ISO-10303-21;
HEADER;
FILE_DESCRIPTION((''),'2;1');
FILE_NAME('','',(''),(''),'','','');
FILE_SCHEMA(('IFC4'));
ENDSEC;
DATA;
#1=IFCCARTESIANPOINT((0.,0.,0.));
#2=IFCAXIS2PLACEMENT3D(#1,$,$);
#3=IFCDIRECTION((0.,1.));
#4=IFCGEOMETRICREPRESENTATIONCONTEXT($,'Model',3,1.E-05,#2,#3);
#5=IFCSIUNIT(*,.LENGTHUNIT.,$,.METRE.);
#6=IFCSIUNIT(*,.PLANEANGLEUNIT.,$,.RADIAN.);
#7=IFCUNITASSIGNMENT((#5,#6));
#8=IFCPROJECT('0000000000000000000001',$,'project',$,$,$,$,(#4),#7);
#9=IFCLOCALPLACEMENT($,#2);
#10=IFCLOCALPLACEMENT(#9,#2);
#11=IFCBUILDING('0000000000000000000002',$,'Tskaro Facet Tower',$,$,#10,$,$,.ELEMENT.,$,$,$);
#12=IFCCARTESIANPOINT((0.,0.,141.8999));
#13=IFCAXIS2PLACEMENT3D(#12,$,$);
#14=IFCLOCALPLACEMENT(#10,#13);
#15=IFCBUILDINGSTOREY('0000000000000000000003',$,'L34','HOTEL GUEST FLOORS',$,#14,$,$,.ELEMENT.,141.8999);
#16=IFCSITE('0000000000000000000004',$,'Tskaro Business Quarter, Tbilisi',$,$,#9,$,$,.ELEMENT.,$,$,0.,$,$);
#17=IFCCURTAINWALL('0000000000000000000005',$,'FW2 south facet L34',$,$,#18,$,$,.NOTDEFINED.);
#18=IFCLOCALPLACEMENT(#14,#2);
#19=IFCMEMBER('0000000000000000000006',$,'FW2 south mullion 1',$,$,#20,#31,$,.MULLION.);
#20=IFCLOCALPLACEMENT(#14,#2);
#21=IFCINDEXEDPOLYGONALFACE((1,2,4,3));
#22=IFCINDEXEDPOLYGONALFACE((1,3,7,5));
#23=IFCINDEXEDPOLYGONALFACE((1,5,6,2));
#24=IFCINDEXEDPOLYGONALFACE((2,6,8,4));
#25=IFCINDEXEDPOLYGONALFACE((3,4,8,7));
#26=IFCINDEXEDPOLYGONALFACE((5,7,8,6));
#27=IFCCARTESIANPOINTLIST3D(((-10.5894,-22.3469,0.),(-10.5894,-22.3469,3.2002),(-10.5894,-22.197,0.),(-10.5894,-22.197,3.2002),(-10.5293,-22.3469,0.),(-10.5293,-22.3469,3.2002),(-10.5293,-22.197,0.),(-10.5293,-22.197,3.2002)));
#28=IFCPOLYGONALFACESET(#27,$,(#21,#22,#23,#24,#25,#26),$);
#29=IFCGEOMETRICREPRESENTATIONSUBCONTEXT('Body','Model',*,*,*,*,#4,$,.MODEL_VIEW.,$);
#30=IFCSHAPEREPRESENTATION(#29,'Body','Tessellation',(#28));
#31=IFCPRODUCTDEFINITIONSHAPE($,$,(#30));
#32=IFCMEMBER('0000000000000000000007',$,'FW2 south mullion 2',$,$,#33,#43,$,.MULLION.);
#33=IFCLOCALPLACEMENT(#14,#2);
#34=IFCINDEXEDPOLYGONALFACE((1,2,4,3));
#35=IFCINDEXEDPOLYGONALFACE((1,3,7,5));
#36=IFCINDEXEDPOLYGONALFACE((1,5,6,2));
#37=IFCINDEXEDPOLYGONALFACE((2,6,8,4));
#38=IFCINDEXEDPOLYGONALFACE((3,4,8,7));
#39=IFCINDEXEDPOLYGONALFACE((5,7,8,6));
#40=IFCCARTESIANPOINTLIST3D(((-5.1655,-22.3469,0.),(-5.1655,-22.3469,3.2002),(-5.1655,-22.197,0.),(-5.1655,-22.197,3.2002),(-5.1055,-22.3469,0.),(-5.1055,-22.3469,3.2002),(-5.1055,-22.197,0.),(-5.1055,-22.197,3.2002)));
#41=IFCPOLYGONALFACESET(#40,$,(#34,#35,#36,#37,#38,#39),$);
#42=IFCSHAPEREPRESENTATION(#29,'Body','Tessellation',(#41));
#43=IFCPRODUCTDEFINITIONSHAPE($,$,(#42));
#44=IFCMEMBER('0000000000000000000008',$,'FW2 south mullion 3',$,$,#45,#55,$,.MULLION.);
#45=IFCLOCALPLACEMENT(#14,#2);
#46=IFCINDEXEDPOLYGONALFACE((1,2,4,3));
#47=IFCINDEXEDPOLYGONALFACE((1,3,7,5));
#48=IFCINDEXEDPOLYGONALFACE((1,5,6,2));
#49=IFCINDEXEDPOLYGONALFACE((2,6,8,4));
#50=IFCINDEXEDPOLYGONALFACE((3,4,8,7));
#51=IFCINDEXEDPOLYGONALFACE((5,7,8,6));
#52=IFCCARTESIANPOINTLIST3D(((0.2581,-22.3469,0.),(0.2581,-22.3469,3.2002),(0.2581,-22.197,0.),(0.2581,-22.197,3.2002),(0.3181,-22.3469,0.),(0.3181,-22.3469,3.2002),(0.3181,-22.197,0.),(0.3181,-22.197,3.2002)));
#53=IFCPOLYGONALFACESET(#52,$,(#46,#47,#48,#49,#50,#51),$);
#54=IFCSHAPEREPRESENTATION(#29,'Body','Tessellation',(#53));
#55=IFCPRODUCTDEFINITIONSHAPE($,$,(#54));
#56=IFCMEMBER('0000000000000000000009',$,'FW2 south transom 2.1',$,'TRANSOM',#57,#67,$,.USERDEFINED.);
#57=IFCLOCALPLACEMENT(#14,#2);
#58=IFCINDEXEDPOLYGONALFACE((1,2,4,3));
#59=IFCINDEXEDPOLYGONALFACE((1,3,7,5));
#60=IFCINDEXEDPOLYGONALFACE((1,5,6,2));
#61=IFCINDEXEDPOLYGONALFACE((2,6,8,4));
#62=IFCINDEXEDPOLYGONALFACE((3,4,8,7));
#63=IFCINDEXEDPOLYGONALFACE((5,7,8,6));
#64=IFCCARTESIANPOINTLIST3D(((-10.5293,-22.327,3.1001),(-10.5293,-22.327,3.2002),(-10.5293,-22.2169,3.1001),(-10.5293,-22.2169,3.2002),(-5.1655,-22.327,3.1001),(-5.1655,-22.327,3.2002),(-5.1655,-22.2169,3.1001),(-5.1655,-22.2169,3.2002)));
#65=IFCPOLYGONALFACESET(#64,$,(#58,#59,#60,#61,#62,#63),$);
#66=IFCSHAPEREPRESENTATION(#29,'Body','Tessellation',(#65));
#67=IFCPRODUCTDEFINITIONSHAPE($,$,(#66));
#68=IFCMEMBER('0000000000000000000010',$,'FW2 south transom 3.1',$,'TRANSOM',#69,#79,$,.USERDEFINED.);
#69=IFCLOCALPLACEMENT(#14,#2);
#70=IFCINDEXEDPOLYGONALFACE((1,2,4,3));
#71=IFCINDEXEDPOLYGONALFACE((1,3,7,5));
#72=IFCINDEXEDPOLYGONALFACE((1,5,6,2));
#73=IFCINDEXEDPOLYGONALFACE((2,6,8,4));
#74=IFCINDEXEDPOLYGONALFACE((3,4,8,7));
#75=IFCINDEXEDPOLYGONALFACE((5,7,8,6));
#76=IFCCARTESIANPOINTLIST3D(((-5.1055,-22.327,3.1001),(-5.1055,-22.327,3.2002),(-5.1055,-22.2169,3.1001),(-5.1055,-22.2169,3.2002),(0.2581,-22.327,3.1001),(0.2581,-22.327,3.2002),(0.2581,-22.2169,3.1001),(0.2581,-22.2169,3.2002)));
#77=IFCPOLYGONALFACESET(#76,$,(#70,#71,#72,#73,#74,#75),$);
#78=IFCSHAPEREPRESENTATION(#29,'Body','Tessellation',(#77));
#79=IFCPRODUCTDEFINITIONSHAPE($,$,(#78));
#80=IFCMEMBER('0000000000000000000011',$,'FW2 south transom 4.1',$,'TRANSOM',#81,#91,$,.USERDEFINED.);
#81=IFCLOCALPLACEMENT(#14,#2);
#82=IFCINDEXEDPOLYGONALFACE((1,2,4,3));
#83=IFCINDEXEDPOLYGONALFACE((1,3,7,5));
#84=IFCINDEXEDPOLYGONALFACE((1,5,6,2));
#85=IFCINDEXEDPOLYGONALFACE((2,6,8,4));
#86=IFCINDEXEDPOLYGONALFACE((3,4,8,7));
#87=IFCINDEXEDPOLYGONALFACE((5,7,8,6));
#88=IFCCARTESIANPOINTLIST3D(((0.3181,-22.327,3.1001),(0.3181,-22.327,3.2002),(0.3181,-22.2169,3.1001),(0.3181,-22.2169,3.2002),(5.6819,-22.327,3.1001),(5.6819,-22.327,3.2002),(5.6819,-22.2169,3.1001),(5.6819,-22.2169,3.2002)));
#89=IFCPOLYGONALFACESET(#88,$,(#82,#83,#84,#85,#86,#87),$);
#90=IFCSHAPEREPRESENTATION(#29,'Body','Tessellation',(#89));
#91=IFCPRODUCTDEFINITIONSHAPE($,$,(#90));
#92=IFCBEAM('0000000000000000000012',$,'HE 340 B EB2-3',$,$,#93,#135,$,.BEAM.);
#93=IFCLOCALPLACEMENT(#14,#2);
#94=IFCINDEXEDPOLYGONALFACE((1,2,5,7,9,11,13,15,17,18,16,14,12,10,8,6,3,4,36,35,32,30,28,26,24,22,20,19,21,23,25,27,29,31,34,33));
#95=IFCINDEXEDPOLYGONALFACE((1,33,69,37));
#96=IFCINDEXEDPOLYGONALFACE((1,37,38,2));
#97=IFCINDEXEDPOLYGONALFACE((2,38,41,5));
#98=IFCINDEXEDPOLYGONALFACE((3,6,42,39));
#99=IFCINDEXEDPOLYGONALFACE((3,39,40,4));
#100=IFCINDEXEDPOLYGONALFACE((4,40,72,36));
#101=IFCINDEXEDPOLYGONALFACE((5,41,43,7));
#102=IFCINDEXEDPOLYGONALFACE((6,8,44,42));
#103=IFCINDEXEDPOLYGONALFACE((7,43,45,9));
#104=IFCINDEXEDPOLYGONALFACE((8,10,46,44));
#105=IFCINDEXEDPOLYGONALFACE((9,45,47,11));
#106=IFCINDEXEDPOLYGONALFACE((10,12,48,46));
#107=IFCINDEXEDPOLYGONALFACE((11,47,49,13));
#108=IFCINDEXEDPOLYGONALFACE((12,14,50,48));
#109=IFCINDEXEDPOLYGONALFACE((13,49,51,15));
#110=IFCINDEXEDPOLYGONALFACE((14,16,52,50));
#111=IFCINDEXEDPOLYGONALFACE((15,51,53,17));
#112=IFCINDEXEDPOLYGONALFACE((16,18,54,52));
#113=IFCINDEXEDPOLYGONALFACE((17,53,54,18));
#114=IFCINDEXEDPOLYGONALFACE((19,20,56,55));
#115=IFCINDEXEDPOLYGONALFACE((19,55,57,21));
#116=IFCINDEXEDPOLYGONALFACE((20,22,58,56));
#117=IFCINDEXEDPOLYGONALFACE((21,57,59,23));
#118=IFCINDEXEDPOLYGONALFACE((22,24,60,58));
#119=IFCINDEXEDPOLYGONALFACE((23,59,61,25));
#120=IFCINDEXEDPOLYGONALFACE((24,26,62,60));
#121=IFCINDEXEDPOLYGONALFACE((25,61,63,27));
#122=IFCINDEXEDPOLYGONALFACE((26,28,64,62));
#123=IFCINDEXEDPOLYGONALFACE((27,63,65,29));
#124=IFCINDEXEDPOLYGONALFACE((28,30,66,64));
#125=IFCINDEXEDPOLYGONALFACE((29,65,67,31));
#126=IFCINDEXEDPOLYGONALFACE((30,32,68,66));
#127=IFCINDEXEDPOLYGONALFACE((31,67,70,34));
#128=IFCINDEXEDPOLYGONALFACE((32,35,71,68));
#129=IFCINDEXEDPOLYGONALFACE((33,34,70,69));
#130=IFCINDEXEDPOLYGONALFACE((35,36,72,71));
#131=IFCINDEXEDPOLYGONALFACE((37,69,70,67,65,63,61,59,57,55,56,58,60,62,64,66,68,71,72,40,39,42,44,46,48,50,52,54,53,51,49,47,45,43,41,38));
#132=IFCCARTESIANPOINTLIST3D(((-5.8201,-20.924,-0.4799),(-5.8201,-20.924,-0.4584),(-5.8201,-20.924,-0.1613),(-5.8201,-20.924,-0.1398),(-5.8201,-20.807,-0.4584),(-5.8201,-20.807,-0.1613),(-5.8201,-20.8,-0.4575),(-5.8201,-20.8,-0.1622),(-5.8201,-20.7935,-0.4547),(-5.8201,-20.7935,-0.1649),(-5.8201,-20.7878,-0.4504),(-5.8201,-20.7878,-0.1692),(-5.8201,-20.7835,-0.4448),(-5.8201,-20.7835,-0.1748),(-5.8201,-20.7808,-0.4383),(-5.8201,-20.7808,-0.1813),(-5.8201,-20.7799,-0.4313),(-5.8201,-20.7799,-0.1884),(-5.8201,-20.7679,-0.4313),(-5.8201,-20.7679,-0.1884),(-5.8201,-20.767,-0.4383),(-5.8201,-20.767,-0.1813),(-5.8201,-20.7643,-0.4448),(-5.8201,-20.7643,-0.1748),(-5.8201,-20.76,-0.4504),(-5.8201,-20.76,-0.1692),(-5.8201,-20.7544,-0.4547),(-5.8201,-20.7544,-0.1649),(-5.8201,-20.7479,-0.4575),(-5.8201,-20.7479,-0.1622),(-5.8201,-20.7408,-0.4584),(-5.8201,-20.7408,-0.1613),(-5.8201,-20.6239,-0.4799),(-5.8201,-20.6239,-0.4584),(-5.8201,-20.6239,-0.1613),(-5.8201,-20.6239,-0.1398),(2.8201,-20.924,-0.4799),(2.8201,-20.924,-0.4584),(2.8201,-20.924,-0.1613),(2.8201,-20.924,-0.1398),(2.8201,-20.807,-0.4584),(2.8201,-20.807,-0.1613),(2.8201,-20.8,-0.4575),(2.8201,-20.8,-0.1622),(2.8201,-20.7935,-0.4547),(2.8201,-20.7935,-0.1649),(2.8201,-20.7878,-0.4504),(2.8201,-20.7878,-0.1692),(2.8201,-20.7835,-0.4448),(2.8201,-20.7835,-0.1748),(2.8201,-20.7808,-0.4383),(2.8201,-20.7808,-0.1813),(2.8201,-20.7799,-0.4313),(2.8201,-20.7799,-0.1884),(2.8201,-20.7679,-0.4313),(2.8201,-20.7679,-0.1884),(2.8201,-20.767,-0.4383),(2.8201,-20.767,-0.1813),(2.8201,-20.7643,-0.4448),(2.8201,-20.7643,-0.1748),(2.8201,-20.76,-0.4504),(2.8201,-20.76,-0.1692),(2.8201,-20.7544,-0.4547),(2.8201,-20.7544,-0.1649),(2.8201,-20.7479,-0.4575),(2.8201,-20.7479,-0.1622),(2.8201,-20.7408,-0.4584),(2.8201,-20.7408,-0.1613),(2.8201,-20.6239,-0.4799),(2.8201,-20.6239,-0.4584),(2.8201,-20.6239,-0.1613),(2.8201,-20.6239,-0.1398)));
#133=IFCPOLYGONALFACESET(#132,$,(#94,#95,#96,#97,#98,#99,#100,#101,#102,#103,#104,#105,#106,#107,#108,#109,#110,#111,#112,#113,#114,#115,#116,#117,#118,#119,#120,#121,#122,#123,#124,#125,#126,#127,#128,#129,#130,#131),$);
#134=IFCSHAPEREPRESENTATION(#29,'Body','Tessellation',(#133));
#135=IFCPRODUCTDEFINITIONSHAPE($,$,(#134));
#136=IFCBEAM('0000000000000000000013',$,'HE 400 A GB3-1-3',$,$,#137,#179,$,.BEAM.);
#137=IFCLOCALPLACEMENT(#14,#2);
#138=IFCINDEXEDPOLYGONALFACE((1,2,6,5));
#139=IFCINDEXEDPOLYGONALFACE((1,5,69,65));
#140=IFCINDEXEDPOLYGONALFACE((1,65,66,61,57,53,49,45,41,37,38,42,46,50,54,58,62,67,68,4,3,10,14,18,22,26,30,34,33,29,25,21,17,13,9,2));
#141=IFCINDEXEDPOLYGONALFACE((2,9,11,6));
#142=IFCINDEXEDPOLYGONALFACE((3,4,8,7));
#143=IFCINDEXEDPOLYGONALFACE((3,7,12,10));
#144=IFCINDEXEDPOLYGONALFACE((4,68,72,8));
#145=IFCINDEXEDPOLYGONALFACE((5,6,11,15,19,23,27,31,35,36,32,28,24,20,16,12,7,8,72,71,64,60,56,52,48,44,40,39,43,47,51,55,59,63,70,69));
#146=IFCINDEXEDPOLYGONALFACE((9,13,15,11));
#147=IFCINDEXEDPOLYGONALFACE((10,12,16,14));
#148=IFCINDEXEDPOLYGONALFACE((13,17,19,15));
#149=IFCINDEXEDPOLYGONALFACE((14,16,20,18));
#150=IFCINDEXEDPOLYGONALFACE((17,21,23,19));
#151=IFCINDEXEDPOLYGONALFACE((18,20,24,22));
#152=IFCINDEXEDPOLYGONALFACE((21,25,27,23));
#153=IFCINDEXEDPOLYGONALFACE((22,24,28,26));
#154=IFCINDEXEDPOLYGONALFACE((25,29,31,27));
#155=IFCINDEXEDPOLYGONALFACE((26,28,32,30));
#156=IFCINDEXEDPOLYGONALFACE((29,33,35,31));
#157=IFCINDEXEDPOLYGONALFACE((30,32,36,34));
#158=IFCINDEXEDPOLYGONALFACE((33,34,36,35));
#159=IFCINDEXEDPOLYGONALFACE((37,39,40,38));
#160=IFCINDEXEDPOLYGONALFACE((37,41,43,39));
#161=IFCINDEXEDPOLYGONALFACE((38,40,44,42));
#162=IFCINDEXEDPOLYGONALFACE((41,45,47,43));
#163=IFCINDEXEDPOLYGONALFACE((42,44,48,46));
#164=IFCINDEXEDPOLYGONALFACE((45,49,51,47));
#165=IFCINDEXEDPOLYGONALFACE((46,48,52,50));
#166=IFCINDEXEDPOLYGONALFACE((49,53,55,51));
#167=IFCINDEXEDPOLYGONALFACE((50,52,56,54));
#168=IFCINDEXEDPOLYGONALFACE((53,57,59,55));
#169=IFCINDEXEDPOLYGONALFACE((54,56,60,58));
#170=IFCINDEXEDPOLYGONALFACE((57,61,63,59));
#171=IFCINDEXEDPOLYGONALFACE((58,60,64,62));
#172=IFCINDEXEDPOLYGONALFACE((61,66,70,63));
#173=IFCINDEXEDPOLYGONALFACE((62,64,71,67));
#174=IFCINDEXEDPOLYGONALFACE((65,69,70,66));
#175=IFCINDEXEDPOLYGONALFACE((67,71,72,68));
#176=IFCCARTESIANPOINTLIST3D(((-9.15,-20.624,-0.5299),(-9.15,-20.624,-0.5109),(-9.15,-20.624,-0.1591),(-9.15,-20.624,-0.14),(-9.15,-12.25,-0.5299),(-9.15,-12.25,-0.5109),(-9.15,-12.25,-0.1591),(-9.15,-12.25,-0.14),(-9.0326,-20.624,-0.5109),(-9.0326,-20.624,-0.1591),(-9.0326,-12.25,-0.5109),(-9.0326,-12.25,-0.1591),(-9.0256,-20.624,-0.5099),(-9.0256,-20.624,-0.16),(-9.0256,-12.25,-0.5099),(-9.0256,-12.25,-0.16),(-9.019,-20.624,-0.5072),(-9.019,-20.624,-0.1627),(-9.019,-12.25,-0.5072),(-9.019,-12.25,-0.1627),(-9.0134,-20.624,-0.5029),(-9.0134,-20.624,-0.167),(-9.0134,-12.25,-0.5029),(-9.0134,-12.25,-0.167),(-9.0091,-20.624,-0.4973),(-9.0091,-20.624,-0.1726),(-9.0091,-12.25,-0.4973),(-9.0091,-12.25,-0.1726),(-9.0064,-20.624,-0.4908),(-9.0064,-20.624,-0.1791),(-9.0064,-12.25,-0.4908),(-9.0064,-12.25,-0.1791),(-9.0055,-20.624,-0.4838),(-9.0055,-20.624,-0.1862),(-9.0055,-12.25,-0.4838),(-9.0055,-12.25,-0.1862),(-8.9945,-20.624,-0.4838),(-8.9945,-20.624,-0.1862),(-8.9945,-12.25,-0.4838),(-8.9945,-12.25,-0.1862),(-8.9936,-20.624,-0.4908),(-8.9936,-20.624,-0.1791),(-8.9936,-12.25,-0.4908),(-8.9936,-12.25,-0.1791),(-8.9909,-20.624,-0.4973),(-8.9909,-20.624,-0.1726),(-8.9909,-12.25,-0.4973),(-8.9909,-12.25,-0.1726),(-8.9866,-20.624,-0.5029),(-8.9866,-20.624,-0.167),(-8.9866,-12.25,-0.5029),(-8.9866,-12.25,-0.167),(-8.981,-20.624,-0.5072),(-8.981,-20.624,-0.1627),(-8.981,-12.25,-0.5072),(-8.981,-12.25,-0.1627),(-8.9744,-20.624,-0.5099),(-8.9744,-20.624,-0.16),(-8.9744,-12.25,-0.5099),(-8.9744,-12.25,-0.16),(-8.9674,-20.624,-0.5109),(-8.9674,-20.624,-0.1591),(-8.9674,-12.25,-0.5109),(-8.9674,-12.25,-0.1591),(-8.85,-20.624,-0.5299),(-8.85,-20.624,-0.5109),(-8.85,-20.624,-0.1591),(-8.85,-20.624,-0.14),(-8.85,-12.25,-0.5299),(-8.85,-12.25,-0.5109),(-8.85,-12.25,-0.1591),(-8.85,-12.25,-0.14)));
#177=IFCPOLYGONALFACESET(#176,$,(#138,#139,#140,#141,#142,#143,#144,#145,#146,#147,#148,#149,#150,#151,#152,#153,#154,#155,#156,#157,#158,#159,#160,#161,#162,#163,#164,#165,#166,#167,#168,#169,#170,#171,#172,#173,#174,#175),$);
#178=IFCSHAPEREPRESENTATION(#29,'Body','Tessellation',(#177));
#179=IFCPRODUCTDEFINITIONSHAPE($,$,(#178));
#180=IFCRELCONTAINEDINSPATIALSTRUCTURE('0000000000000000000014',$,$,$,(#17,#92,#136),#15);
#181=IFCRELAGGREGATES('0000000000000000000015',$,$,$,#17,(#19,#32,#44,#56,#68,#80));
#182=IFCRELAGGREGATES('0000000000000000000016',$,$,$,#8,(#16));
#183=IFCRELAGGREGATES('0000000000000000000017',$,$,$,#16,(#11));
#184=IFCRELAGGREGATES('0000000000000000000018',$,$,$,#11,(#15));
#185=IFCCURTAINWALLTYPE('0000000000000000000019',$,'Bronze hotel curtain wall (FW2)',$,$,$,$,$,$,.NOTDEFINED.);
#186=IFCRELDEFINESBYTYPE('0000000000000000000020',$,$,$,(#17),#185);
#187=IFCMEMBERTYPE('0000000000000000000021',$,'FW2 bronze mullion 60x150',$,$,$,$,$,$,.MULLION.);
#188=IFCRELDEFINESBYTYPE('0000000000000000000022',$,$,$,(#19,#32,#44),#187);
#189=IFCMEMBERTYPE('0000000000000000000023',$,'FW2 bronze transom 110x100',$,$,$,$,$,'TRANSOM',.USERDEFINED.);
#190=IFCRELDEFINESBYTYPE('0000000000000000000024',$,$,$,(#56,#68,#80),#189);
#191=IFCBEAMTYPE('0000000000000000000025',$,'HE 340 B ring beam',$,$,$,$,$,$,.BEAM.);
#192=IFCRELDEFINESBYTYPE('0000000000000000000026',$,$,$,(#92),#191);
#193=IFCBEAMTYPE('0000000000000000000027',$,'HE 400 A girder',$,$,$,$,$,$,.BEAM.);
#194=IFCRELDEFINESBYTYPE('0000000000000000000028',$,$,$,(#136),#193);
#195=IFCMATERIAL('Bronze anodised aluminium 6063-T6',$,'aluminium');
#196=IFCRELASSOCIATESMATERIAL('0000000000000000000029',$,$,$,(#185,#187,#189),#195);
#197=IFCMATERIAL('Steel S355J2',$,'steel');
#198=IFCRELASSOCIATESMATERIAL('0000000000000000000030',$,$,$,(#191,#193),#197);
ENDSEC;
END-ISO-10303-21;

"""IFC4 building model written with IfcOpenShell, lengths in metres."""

from ifc_helpers import new_model, si_unit, direction, frame, origin, origin_2d, place, context, subcontext, project, spatial, rectangle, i_section, extrude, material, material_profile, profile_set, type_object, element, aggregate, save


model = new_model("IFC4")

# Units and contexts
model_context = context("Model", 3, precision=1e-05, world=origin(), true_north=direction((0.0, 1.0)))
body_context = subcontext(model_context, "Body", "Model", "MODEL_VIEW")
ifc_project = project(units=[si_unit("LENGTHUNIT", "METRE"), si_unit("PLANEANGLEUNIT", "RADIAN")], contexts=[model_context])

# Site, building, storey
site_placement = place(None, origin())
site = spatial("IfcSite", under=ifc_project, at=site_placement, Name="Tskaro Business Quarter, Tbilisi", CompositionType="ELEMENT", RefElevation=0.0)
building_placement = place(site_placement, origin())
building = spatial("IfcBuilding", under=site, at=building_placement, Name="Tskaro Facet Tower", CompositionType="ELEMENT")
storey_placement = place(building_placement, frame((0.0, 0.0, 141.8999)))
storey = spatial("IfcBuildingStorey", under=building, at=storey_placement, Name="L34", Description="HOTEL GUEST FLOORS", CompositionType="ELEMENT", Elevation=141.8999)

# Curtain wall, members
ifc_material_1 = material(Name="Bronze anodised aluminium 6063-T6", Category="aluminium")
curtain_wall_type = type_object("IfcCurtainWallType", Name="Bronze hotel curtain wall (FW2)", PredefinedType="NOTDEFINED", material=ifc_material_1)
curtain_wall_placement = place(storey_placement, origin())
curtain_wall = element("IfcCurtainWall", 1, at=curtain_wall_placement, inside=storey, type_object=curtain_wall_type, Name="FW2 south facet L34", PredefinedType="NOTDEFINED")
ifc_material_profile_1 = material_profile(ifc_material_1, rectangle(XDim=0.0601, YDim=0.1499, at=origin_2d()), Name="Mullion 60x150")
ifc_profile_set_1 = profile_set([ifc_material_profile_1], Name="Bronze anodised aluminium 6063-T6")
member_type_1 = type_object("IfcMemberType", Name="FW2 bronze mullion 60x150", PredefinedType="MULLION", material=ifc_profile_set_1)
member_1_placement = place(storey_placement, frame((-10.5593, -22.272, 0.0), z_axis=(0.0, 0.0, 1.0), x_axis=(1.0, 0.0, 0.0)))
member_1 = element("IfcMember", 2, at=member_1_placement, type_object=member_type_1, Name="FW2 south mullion 1", PredefinedType="MULLION", context=body_context, shape_type="SweptSolid", body=[
    extrude(rectangle(XDim=0.0601, YDim=0.1499, at=origin_2d()), origin(), (0.0, 0.0, 1.0), 3.2002),
])
member_2_placement = place(storey_placement, frame((-5.1355, -22.272, 0.0), z_axis=(0.0, 0.0, 1.0), x_axis=(1.0, 0.0, 0.0)))
member_2 = element("IfcMember", 3, at=member_2_placement, type_object=member_type_1, Name="FW2 south mullion 2", PredefinedType="MULLION", context=body_context, shape_type="SweptSolid", body=[
    extrude(rectangle(XDim=0.0601, YDim=0.1499, at=origin_2d()), origin(), (0.0, 0.0, 1.0), 3.2002),
])
member_3_placement = place(storey_placement, frame((0.2881, -22.272, 0.0), z_axis=(0.0, 0.0, 1.0), x_axis=(1.0, 0.0, 0.0)))
member_3 = element("IfcMember", 4, at=member_3_placement, type_object=member_type_1, Name="FW2 south mullion 3", PredefinedType="MULLION", context=body_context, shape_type="SweptSolid", body=[
    extrude(rectangle(XDim=0.0601, YDim=0.1499, at=origin_2d()), origin(), (0.0, 0.0, 1.0), 3.2002),
])
ifc_material_profile_2 = material_profile(ifc_material_1, rectangle(XDim=0.1101, YDim=0.1001, at=origin_2d()), Name="Transom 110x100")
ifc_profile_set_2 = profile_set([ifc_material_profile_2], Name="Bronze anodised aluminium 6063-T6")
member_type_2 = type_object("IfcMemberType", Name="FW2 bronze transom 110x100", ElementType="TRANSOM", PredefinedType="USERDEFINED", material=ifc_profile_set_2)
member_4_placement = place(storey_placement, frame((-10.5293, -22.272, 3.1501), z_axis=(1.0, 0.0, 0.0), x_axis=(0.0, 1.0, 0.0)))
member_4 = element("IfcMember", 5, at=member_4_placement, type_object=member_type_2, Name="FW2 south transom 2.1", ObjectType="TRANSOM", PredefinedType="USERDEFINED", context=body_context, shape_type="SweptSolid", body=[
    extrude(rectangle(XDim=0.1101, YDim=0.1001, at=origin_2d()), origin(), (0.0, 0.0, 1.0), 5.3638),
])
member_5_placement = place(storey_placement, frame((-5.1055, -22.272, 3.1501), z_axis=(1.0, 0.0, 0.0), x_axis=(0.0, 1.0, 0.0)))
member_5 = element("IfcMember", 6, at=member_5_placement, type_object=member_type_2, Name="FW2 south transom 3.1", ObjectType="TRANSOM", PredefinedType="USERDEFINED", context=body_context, shape_type="SweptSolid", body=[
    extrude(rectangle(XDim=0.1101, YDim=0.1001, at=origin_2d()), origin(), (0.0, 0.0, 1.0), 5.3635),
])
member_6_placement = place(storey_placement, frame((0.3181, -22.272, 3.1501), z_axis=(1.0, 0.0, 0.0), x_axis=(0.0, 1.0, 0.0)))
member_6 = element("IfcMember", 7, at=member_6_placement, type_object=member_type_2, Name="FW2 south transom 4.1", ObjectType="TRANSOM", PredefinedType="USERDEFINED", context=body_context, shape_type="SweptSolid", body=[
    extrude(rectangle(XDim=0.1101, YDim=0.1001, at=origin_2d()), origin(), (0.0, 0.0, 1.0), 5.3638),
])

# Beams
ifc_material_2 = material(Name="Steel S355J2", Category="steel")
ifc_material_profile_3 = material_profile(ifc_material_2, i_section(OverallWidth=0.3, OverallDepth=0.3401, WebThickness=0.012, FlangeThickness=0.0215, FilletRadius=0.0271, at=origin_2d()), Name="HE 340 B")
ifc_profile_set_3 = profile_set([ifc_material_profile_3], Name="Steel S355J2")
beam_type_1 = type_object("IfcBeamType", Name="HE 340 B ring beam", PredefinedType="BEAM", material=ifc_profile_set_3)
beam_placement = place(storey_placement, frame((-5.8201, -20.7739, -0.3098), z_axis=(1.0, 0.0, 0.0), x_axis=(0.0, 1.0, 0.0)))
element("IfcBeam", 8, at=beam_placement, inside=storey, type_object=beam_type_1, Name="HE 340 B EB2-3", PredefinedType="BEAM", context=body_context, shape_type="SweptSolid", body=[
    extrude(i_section(OverallWidth=0.3, OverallDepth=0.3401, WebThickness=0.012, FlangeThickness=0.0215, FilletRadius=0.0271, at=origin_2d()), origin(), (0.0, 0.0, 1.0), 8.6401),
])
ifc_material_profile_4 = material_profile(ifc_material_2, i_section(OverallWidth=0.3, OverallDepth=0.3899, WebThickness=0.011, FlangeThickness=0.019, FilletRadius=0.0271, at=origin_2d()), Name="HE 400 A")
ifc_profile_set_4 = profile_set([ifc_material_profile_4], Name="Steel S355J2")
beam_type_2 = type_object("IfcBeamType", Name="HE 400 A girder", PredefinedType="BEAM", material=ifc_profile_set_4)
for number, where, z_axis, x_axis, name in (
    (9, (-9.0, -20.624, -0.335), (0.0, 1.0, 0.0), (-1.0, 0.0, 0.0), "HE 400 A GB3-1-3"),
):
    element("IfcBeam", number, at=place(storey_placement, frame(where, z_axis=z_axis, x_axis=x_axis)), inside=storey, type_object=beam_type_2, Name=name, PredefinedType="BEAM", context=body_context, shape_type="SweptSolid", body=[
        extrude(i_section(OverallWidth=0.3, OverallDepth=0.3899, WebThickness=0.011, FlangeThickness=0.019, FilletRadius=0.0271, at=origin_2d()), origin(), (0.0, 0.0, 1.0), 8.374),
    ])

aggregate(curtain_wall, [member_1, member_2, member_3, member_4, member_5, member_6])

save(model, "model.ifc")
